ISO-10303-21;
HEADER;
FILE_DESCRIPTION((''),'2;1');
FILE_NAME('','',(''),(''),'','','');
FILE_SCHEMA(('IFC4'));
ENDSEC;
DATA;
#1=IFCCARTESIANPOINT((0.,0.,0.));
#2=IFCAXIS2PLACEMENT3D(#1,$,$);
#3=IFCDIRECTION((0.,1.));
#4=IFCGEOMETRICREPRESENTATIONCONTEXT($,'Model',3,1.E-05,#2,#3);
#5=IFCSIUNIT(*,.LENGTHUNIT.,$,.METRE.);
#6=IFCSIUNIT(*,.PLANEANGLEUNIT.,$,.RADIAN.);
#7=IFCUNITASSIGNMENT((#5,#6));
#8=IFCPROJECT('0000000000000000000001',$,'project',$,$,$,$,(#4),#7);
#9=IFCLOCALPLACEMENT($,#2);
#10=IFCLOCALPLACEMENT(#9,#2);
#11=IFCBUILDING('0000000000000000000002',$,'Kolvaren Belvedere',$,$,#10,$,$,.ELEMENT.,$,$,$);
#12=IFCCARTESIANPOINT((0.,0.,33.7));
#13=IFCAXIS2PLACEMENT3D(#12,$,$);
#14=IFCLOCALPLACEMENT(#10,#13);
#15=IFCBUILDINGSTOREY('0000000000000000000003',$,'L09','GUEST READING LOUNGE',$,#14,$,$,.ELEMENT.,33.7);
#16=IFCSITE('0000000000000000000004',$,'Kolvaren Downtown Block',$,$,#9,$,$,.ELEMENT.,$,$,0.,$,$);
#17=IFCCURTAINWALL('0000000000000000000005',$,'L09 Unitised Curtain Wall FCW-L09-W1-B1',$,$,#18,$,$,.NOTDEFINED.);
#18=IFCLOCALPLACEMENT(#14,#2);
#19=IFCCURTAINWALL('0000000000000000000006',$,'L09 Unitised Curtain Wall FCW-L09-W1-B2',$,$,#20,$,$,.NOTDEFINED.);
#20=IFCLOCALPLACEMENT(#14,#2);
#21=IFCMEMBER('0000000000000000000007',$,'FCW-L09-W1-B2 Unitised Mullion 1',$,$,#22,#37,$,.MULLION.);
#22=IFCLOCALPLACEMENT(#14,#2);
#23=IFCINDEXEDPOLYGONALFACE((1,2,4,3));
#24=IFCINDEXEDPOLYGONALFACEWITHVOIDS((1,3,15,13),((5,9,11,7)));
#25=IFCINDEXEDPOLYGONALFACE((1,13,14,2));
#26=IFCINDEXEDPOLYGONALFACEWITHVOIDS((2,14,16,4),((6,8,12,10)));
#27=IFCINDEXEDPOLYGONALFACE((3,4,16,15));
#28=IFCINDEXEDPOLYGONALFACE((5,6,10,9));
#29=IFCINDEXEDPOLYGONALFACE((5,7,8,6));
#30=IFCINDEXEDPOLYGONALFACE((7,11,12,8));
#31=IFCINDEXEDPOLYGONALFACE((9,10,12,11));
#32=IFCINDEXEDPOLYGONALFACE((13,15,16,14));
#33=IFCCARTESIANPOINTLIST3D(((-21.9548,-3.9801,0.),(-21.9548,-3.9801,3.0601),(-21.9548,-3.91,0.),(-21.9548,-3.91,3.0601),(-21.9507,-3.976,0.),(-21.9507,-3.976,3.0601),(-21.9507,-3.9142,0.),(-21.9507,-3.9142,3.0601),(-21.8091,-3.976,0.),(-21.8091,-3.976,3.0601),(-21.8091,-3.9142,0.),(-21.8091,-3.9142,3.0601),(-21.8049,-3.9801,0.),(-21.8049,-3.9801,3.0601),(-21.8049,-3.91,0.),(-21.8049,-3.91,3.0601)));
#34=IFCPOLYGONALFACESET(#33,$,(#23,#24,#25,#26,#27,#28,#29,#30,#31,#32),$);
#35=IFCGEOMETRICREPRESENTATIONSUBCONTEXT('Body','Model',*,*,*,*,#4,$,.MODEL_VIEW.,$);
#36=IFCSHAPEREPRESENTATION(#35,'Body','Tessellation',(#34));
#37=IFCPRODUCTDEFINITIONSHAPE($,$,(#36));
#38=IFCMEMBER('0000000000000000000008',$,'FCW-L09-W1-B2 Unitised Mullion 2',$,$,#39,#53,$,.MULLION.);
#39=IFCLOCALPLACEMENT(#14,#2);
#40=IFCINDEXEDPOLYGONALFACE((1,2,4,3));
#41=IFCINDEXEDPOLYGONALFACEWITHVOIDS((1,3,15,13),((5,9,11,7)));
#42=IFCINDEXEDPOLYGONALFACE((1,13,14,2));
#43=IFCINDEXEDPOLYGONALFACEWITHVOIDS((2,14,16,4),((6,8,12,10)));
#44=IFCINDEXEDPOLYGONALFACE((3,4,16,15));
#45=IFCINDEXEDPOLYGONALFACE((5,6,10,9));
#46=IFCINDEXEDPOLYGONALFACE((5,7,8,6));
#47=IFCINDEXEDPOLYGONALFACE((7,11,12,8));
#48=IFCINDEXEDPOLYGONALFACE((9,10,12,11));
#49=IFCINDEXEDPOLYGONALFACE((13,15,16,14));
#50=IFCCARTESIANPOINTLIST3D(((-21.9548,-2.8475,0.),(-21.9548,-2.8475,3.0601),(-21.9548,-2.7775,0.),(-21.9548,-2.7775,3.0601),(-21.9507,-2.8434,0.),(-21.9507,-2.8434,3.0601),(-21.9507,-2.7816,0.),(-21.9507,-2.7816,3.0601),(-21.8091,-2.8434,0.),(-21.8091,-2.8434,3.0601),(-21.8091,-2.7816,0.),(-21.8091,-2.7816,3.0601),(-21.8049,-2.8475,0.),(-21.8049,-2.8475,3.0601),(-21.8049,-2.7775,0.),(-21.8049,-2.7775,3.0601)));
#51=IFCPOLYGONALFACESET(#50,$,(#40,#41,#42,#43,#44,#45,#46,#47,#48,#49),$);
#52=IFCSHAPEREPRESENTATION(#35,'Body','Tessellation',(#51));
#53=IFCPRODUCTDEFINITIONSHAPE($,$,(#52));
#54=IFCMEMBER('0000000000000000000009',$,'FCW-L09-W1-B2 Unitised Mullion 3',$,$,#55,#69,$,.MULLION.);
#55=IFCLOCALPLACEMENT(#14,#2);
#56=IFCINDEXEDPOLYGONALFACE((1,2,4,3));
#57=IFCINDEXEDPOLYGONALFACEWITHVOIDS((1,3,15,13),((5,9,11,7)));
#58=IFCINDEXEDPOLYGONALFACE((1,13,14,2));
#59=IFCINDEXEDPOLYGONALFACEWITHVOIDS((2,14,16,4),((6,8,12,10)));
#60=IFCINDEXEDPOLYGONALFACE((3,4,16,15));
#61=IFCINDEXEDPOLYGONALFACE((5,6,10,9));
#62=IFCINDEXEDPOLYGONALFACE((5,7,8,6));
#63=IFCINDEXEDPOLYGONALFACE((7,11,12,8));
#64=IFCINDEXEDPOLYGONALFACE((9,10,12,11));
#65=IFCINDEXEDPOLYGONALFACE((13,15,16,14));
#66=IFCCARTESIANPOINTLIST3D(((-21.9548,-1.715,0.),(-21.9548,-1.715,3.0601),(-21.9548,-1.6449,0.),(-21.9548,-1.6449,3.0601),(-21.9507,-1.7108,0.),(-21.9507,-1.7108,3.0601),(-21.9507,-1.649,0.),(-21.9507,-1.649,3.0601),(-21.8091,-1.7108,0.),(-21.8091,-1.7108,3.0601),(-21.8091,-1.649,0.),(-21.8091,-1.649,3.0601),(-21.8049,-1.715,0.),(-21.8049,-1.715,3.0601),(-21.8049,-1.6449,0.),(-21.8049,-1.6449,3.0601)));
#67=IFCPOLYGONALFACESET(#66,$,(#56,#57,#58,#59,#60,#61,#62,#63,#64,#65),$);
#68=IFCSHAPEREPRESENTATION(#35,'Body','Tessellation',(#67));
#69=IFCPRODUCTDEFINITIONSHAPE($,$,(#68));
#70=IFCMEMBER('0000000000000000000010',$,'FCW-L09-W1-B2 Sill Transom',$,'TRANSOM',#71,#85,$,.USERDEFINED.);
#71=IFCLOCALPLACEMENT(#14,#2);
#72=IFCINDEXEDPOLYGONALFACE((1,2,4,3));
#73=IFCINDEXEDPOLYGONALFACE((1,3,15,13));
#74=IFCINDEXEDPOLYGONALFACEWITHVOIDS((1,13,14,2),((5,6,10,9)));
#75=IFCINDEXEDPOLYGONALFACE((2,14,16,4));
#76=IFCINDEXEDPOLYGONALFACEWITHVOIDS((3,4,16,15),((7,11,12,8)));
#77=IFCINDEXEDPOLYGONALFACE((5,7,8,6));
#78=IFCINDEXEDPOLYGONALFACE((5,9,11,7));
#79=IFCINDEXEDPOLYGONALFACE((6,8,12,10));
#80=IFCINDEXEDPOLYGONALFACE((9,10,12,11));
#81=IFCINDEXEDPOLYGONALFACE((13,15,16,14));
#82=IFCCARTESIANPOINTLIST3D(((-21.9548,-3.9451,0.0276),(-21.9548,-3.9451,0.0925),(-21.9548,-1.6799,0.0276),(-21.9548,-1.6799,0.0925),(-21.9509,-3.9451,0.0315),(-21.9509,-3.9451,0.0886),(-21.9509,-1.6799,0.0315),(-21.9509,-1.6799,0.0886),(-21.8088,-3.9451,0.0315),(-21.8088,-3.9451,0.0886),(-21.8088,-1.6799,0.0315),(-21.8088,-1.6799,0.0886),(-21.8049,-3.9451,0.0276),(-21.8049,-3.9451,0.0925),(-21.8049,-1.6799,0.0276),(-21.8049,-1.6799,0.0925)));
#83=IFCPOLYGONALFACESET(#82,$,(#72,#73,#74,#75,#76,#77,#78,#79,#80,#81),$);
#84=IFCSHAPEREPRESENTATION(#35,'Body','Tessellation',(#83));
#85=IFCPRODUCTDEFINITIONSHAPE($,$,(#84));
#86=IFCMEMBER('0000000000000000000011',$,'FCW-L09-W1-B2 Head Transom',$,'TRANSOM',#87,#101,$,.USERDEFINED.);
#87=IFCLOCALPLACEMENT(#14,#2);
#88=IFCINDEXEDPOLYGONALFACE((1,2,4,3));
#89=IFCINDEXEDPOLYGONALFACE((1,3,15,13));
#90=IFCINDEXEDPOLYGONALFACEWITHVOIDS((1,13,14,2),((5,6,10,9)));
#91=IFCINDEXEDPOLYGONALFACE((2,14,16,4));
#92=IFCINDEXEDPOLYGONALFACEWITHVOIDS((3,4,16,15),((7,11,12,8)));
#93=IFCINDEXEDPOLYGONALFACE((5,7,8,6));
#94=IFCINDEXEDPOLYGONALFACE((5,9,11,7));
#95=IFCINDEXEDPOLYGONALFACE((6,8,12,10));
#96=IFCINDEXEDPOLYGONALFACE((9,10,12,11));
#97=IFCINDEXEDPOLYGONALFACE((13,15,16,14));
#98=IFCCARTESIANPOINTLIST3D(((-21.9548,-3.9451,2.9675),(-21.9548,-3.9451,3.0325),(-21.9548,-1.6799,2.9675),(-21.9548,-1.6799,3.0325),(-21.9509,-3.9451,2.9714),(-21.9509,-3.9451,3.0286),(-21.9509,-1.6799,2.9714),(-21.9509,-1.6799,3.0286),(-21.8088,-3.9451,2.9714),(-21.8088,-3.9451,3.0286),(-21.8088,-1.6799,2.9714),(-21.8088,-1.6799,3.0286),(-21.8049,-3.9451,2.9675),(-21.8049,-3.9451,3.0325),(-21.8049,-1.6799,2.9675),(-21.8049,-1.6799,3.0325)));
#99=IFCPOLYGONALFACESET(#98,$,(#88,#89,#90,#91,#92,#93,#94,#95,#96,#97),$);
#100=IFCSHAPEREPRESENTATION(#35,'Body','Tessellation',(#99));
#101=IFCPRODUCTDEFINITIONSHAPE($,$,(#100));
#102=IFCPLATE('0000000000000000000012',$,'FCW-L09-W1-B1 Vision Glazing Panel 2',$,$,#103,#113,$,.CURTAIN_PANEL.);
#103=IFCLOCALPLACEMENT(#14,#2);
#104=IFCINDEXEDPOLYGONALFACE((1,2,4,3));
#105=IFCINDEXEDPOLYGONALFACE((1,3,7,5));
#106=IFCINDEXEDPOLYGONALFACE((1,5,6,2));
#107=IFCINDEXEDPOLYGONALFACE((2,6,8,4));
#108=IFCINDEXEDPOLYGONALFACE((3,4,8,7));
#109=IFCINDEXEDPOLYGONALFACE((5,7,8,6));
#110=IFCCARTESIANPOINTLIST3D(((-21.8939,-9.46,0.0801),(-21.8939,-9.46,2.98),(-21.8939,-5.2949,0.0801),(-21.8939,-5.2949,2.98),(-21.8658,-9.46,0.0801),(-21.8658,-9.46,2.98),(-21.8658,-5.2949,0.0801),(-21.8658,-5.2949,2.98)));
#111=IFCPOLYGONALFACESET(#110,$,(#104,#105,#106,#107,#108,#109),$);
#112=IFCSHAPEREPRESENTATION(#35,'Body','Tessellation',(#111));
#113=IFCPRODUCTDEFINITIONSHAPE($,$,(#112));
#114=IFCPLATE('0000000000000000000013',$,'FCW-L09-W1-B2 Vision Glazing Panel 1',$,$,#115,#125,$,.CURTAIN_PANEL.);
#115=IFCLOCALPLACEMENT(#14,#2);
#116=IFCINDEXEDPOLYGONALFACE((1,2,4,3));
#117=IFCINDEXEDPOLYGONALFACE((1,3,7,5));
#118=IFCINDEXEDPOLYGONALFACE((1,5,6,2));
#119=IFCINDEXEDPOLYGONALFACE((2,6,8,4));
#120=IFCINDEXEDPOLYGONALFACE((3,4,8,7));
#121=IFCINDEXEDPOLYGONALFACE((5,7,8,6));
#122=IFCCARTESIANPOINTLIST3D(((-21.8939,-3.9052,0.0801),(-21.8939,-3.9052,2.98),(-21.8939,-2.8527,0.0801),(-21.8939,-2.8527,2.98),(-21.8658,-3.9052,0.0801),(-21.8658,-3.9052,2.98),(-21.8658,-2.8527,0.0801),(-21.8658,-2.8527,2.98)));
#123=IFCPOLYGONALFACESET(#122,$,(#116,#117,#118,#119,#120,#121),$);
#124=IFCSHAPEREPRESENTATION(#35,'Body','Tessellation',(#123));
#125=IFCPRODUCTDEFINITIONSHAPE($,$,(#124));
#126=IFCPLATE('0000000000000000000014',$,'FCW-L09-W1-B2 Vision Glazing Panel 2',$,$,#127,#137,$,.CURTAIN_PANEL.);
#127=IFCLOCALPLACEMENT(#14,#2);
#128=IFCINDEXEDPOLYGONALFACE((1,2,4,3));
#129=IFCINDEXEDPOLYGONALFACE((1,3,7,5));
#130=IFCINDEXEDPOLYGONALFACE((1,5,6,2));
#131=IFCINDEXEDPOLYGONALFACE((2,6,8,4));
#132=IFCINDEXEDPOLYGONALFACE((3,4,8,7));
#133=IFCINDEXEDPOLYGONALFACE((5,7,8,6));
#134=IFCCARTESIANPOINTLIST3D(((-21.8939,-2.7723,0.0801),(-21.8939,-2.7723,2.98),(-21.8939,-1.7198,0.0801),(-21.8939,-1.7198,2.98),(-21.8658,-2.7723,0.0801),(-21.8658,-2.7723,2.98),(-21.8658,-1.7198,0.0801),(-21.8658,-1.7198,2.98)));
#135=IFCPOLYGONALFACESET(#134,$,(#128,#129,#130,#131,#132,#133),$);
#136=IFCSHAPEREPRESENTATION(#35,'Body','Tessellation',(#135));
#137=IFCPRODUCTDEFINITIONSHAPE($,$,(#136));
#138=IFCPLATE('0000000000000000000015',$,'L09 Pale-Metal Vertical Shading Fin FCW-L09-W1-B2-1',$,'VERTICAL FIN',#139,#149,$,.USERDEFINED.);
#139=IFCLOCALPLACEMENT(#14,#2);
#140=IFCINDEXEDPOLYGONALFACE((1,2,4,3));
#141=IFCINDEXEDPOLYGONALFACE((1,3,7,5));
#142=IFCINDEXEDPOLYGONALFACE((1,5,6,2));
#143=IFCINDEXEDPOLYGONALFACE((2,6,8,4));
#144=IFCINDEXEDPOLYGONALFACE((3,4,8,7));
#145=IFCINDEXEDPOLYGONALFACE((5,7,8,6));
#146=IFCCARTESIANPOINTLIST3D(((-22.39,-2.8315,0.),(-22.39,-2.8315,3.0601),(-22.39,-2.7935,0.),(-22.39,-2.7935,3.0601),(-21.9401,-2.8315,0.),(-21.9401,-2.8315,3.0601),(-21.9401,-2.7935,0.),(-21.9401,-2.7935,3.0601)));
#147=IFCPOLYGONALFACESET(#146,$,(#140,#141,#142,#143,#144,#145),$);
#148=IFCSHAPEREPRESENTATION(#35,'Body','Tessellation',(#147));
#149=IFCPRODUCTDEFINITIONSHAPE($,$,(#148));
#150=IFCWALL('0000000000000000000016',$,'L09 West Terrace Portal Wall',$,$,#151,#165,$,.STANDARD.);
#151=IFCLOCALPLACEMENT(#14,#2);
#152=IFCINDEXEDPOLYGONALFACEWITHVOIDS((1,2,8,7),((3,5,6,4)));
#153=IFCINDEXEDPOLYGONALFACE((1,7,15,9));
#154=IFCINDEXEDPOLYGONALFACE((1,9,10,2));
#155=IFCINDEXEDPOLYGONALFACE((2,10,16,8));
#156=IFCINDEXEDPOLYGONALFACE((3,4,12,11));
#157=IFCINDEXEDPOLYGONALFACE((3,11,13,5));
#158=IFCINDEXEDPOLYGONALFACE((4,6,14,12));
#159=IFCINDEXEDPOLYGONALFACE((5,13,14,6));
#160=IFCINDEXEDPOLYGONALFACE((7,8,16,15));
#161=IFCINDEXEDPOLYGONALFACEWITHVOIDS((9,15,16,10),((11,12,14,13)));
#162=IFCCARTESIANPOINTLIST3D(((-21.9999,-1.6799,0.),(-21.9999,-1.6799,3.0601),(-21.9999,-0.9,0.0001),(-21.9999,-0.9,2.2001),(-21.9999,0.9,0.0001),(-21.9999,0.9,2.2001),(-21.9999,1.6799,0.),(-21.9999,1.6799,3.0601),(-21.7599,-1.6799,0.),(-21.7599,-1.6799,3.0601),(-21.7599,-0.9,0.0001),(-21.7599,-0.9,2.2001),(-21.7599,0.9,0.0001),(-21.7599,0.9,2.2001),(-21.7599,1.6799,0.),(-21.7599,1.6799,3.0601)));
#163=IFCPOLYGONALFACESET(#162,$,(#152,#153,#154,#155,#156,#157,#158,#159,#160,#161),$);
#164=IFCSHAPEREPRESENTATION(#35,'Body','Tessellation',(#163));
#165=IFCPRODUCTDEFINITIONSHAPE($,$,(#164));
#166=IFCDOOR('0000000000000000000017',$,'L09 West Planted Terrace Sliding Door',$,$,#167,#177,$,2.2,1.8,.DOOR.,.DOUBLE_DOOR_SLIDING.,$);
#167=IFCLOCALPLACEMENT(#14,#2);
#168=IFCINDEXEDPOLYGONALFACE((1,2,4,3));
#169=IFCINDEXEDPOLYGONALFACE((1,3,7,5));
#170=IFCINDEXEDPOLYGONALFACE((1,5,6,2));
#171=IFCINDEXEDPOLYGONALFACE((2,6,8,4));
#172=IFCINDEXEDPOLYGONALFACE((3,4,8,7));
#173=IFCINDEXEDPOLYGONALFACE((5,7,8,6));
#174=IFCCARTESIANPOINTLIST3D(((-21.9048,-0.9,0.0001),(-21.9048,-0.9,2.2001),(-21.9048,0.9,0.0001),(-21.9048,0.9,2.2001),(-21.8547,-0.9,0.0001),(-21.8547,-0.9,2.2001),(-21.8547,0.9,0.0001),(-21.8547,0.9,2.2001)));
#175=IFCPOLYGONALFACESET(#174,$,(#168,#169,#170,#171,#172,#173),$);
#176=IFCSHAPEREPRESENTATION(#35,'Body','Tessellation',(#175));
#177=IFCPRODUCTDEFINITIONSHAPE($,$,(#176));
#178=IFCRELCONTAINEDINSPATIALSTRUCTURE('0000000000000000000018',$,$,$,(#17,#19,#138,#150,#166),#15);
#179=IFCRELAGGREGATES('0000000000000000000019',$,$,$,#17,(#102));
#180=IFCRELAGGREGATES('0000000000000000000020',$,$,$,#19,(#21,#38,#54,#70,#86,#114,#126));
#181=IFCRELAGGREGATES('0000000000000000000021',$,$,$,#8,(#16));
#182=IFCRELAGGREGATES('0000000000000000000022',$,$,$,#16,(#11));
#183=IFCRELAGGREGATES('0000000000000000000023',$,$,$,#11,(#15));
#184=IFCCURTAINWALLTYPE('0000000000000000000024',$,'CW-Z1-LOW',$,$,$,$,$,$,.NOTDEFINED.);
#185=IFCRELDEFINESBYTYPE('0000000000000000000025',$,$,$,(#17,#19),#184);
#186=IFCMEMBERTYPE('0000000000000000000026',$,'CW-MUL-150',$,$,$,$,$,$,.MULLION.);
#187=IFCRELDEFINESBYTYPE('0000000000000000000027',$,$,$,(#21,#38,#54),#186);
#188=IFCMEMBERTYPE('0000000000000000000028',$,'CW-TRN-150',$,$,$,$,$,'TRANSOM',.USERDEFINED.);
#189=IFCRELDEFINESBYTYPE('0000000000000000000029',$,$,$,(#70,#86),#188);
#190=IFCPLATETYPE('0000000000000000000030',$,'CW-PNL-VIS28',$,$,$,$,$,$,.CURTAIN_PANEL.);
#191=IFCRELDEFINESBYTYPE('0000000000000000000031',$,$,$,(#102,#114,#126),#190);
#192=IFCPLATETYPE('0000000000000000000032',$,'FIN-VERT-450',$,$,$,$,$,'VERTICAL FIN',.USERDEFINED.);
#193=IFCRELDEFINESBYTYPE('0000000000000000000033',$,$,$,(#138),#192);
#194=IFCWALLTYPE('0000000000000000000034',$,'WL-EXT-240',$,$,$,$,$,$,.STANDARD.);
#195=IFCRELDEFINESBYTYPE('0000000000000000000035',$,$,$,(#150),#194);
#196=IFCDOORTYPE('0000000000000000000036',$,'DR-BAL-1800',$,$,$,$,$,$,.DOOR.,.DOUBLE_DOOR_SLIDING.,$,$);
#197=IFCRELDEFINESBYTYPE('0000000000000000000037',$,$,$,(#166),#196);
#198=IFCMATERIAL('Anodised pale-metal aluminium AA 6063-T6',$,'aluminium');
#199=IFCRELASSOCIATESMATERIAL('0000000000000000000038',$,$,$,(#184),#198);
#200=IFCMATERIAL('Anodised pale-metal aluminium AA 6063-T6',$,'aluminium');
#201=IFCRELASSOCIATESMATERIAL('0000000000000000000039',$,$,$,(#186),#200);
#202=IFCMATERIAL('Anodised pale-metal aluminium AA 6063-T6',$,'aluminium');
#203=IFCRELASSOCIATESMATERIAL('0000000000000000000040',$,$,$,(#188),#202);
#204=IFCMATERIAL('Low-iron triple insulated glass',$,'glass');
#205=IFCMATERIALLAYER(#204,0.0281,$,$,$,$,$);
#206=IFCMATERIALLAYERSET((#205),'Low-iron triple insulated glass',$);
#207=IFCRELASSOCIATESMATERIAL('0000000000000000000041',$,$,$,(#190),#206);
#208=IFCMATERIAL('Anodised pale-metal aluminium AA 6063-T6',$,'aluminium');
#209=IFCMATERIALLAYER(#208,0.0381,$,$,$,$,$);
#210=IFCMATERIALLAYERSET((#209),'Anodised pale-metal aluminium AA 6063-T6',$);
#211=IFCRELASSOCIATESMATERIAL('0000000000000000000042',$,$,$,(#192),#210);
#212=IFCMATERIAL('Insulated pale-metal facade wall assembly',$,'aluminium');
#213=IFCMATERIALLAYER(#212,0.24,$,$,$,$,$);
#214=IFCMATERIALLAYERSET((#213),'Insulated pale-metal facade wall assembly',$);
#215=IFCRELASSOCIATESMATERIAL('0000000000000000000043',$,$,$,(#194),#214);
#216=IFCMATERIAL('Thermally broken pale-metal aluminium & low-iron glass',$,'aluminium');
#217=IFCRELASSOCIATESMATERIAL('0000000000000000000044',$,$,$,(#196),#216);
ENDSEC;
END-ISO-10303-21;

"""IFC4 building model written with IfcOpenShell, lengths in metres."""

from ifc_helpers import new_model, si_unit, direction, frame, frame_2d, origin, origin_2d, place, context, subcontext, project, spatial, rectangle, hollow_rectangle, extrude, material, layer, layer_set, material_profile, profile_set, type_object, element, fill, aggregate, save


model = new_model("IFC4")

# Units and contexts
model_context = context("Model", 3, precision=1e-05, world=origin(), true_north=direction((0.0, 1.0)))
body_context = subcontext(model_context, "Body", "Model", "MODEL_VIEW")
ifc_project = project(units=[si_unit("LENGTHUNIT", "METRE"), si_unit("PLANEANGLEUNIT", "RADIAN")], contexts=[model_context])

# Site, building, storey
site_placement = place(None, origin())
site = spatial("IfcSite", under=ifc_project, at=site_placement, Name="Kolvaren Downtown Block", CompositionType="ELEMENT", RefElevation=0.0)
building_placement = place(site_placement, origin())
building = spatial("IfcBuilding", under=site, at=building_placement, Name="Kolvaren Belvedere", CompositionType="ELEMENT")
storey_placement = place(building_placement, frame((0.0, 0.0, 33.7)))
storey = spatial("IfcBuildingStorey", under=building, at=storey_placement, Name="L09", Description="GUEST READING LOUNGE", CompositionType="ELEMENT", Elevation=33.7)

# Curtain wall
ifc_material_1 = material(Name="Anodised pale-metal aluminium AA 6063-T6", Category="aluminium")
curtain_wall_type = type_object("IfcCurtainWallType", Name="CW-Z1-LOW", PredefinedType="NOTDEFINED", material=ifc_material_1)
curtain_wall_1_placement = place(storey_placement, origin())
curtain_wall_1 = element("IfcCurtainWall", 1, at=curtain_wall_1_placement, inside=storey, type_object=curtain_wall_type, Name="L09 Unitised Curtain Wall FCW-L09-W1-B1", PredefinedType="NOTDEFINED")
ifc_material_2 = material(Name="Anodised pale-metal aluminium AA 6063-T6", Category="aluminium")
ifc_material_profile_1 = material_profile(ifc_material_2, hollow_rectangle(XDim=0.0701, YDim=0.1499, WallThickness=0.0042, at=origin_2d()), Name="ALU-MUL-150X70")
ifc_profile_set_1 = profile_set([ifc_material_profile_1], Name="Anodised pale-metal aluminium AA 6063-T6")
member_type_1 = type_object("IfcMemberType", Name="CW-MUL-150", PredefinedType="MULLION", material=ifc_profile_set_1)

# Curtain wall, members
curtain_wall_2_placement = place(storey_placement, origin())
curtain_wall_2 = element("IfcCurtainWall", 2, at=curtain_wall_2_placement, inside=storey, type_object=curtain_wall_type, Name="L09 Unitised Curtain Wall FCW-L09-W1-B2", PredefinedType="NOTDEFINED")
member_1_placement = place(storey_placement, frame((-21.8799, -3.9451, 0.0), z_axis=(0.0, 0.0, 1.0), x_axis=(0.0, 1.0, 0.0)))
member_1 = element("IfcMember", 3, at=member_1_placement, type_object=member_type_1, Name="FCW-L09-W1-B2 Unitised Mullion 1", PredefinedType="MULLION", context=body_context, shape_type="SweptSolid", body=[
    extrude(hollow_rectangle(XDim=0.0701, YDim=0.1499, WallThickness=0.0042, at=origin_2d()), origin(), (0.0, 0.0, 1.0), 3.0601),
])
member_2_placement = place(storey_placement, frame((-21.8799, -2.8125, 0.0), z_axis=(0.0, 0.0, 1.0), x_axis=(0.0, 1.0, 0.0)))
member_2 = element("IfcMember", 4, at=member_2_placement, type_object=member_type_1, Name="FCW-L09-W1-B2 Unitised Mullion 2", PredefinedType="MULLION", context=body_context, shape_type="SweptSolid", body=[
    extrude(hollow_rectangle(XDim=0.0701, YDim=0.1499, WallThickness=0.0042, at=origin_2d()), origin(), (0.0, 0.0, 1.0), 3.0601),
])
member_3_placement = place(storey_placement, frame((-21.8799, -1.6799, 0.0), z_axis=(0.0, 0.0, 1.0), x_axis=(0.0, 1.0, 0.0)))
member_3 = element("IfcMember", 5, at=member_3_placement, type_object=member_type_1, Name="FCW-L09-W1-B2 Unitised Mullion 3", PredefinedType="MULLION", context=body_context, shape_type="SweptSolid", body=[
    extrude(hollow_rectangle(XDim=0.0701, YDim=0.1499, WallThickness=0.0042, at=origin_2d()), origin(), (0.0, 0.0, 1.0), 3.0601),
])
ifc_material_3 = material(Name="Anodised pale-metal aluminium AA 6063-T6", Category="aluminium")
ifc_material_profile_2 = material_profile(ifc_material_3, hollow_rectangle(XDim=0.0649, YDim=0.1499, WallThickness=0.0039, at=origin_2d()), Name="ALU-TRN-150X65")
ifc_profile_set_2 = profile_set([ifc_material_profile_2], Name="Anodised pale-metal aluminium AA 6063-T6")
member_type_2 = type_object("IfcMemberType", Name="CW-TRN-150", ElementType="TRANSOM", PredefinedType="USERDEFINED", material=ifc_profile_set_2)
member_4_placement = place(storey_placement, frame((-21.8799, -3.9451, 0.0601), z_axis=(0.0, 1.0, 0.0), x_axis=(0.0, 0.0, 1.0)))
member_4 = element("IfcMember", 6, at=member_4_placement, type_object=member_type_2, Name="FCW-L09-W1-B2 Sill Transom", ObjectType="TRANSOM", PredefinedType="USERDEFINED", context=body_context, shape_type="SweptSolid", body=[
    extrude(hollow_rectangle(XDim=0.0649, YDim=0.1499, WallThickness=0.0039, at=origin_2d()), origin(), (0.0, 0.0, 1.0), 2.2651),
])
member_5_placement = place(storey_placement, frame((-21.8799, -3.9451, 3.0), z_axis=(0.0, 1.0, 0.0), x_axis=(0.0, 0.0, 1.0)))
member_5 = element("IfcMember", 7, at=member_5_placement, type_object=member_type_2, Name="FCW-L09-W1-B2 Head Transom", ObjectType="TRANSOM", PredefinedType="USERDEFINED", context=body_context, shape_type="SweptSolid", body=[
    extrude(hollow_rectangle(XDim=0.0649, YDim=0.1499, WallThickness=0.0039, at=origin_2d()), origin(), (0.0, 0.0, 1.0), 2.2651),
])

# Plates
ifc_material_4 = material(Name="Low-iron triple insulated glass", Category="glass")
ifc_layer_1 = layer(ifc_material_4, 0.0281)
ifc_layer_set_1 = layer_set([ifc_layer_1], Name="Low-iron triple insulated glass")
plate_type_1 = type_object("IfcPlateType", Name="CW-PNL-VIS28", PredefinedType="CURTAIN_PANEL", material=ifc_layer_set_1)
plate_1_placement = place(storey_placement, frame((-21.8799, -7.3774, 0.0801), z_axis=(0.0, 0.0, 1.0), x_axis=(0.0, 1.0, 0.0)))
plate_1 = element("IfcPlate", 8, at=plate_1_placement, type_object=plate_type_1, Name="FCW-L09-W1-B1 Vision Glazing Panel 2", PredefinedType="CURTAIN_PANEL", context=body_context, shape_type="SweptSolid", body=[
    extrude(rectangle(XDim=4.165, YDim=0.0281, at=origin_2d()), origin(), (0.0, 0.0, 1.0), 2.8999),
])
aggregate(curtain_wall_1, [plate_1])
plate_2_placement = place(storey_placement, frame((-21.8799, -3.3789, 0.0801), z_axis=(0.0, 0.0, 1.0), x_axis=(0.0, 1.0, 0.0)))
plate_2 = element("IfcPlate", 9, at=plate_2_placement, type_object=plate_type_1, Name="FCW-L09-W1-B2 Vision Glazing Panel 1", PredefinedType="CURTAIN_PANEL", context=body_context, shape_type="SweptSolid", body=[
    extrude(rectangle(XDim=1.0525, YDim=0.0281, at=origin_2d()), origin(), (0.0, 0.0, 1.0), 2.8999),
])
plate_3_placement = place(storey_placement, frame((-21.8799, -2.2461, 0.0801), z_axis=(0.0, 0.0, 1.0), x_axis=(0.0, 1.0, 0.0)))
plate_3 = element("IfcPlate", 10, at=plate_3_placement, type_object=plate_type_1, Name="FCW-L09-W1-B2 Vision Glazing Panel 2", PredefinedType="CURTAIN_PANEL", context=body_context, shape_type="SweptSolid", body=[
    extrude(rectangle(XDim=1.0525, YDim=0.0281, at=origin_2d()), origin(), (0.0, 0.0, 1.0), 2.8999),
])
aggregate(curtain_wall_2, [member_1, member_2, member_3, member_4, member_5, plate_2, plate_3])
ifc_material_5 = material(Name="Anodised pale-metal aluminium AA 6063-T6", Category="aluminium")
ifc_layer_2 = layer(ifc_material_5, 0.0381)
ifc_layer_set_2 = layer_set([ifc_layer_2], Name="Anodised pale-metal aluminium AA 6063-T6")
plate_type_2 = type_object("IfcPlateType", Name="FIN-VERT-450", ElementType="VERTICAL FIN", PredefinedType="USERDEFINED", material=ifc_layer_set_2)
plate_4_placement = place(storey_placement, frame((-22.165, -2.8125, 0.0), z_axis=(0.0, 0.0, 1.0), x_axis=(1.0, 0.0, 0.0)))
element("IfcPlate", 11, at=plate_4_placement, inside=storey, type_object=plate_type_2, Name="L09 Pale-Metal Vertical Shading Fin FCW-L09-W1-B2-1", ObjectType="VERTICAL FIN", PredefinedType="USERDEFINED", context=body_context, shape_type="SweptSolid", body=[
    extrude(rectangle(XDim=0.45, YDim=0.0381, at=origin_2d()), origin(), (0.0, 0.0, 1.0), 3.0601),
])

# Wall, opening, door
ifc_material_6 = material(Name="Insulated pale-metal facade wall assembly", Category="aluminium")
ifc_layer_3 = layer(ifc_material_6, 0.24)
ifc_layer_set_3 = layer_set([ifc_layer_3], Name="Insulated pale-metal facade wall assembly")
wall_type_1 = type_object("IfcWallType", Name="WL-EXT-240", PredefinedType="STANDARD", material=ifc_layer_set_3)
wall_1_placement = place(storey_placement, frame((-21.8799, -1.6799, 0.0), z_axis=(0.0, 0.0, 1.0), x_axis=(0.0, 1.0, 0.0)))
wall_1 = element("IfcWall", 12, at=wall_1_placement, inside=storey, type_object=wall_type_1, Name="L09 West Terrace Portal Wall", PredefinedType="STANDARD", context=body_context, shape_type="SweptSolid", body=[
    extrude(rectangle(XDim=3.3599, YDim=0.24, at=frame_2d((1.6799, 0.0))), origin(), (0.0, 0.0, 1.0), 3.0601),
])
opening_placement = place(wall_1_placement, frame((0.78, 0.0, 0.0)))
opening = element("IfcOpeningElement", 13, at=opening_placement, cuts=wall_1, PredefinedType="OPENING", context=body_context, shape_type="SweptSolid", body=[
    extrude(rectangle(XDim=1.8, YDim=2.2, at=frame_2d((0.8999, 1.1001))), frame((0.0, 0.1299, 0.0), z_axis=(0.0, -1.0, 0.0), x_axis=(1.0, 0.0, 0.0)), (0.0, 0.0, 1.0), 0.26),
])
ifc_material_7 = material(Name="Thermally broken pale-metal aluminium & low-iron glass", Category="aluminium")
door_type = type_object("IfcDoorType", Name="DR-BAL-1800", OperationType="DOUBLE_DOOR_SLIDING", PredefinedType="DOOR", material=ifc_material_7)
door_placement = place(opening_placement, origin())
door = element("IfcDoor", 14, at=door_placement, inside=storey, type_object=door_type, Name="L09 West Planted Terrace Sliding Door", OperationType="DOUBLE_DOOR_SLIDING", OverallHeight=2.2, OverallWidth=1.8, PredefinedType="DOOR", context=body_context, shape_type="SweptSolid", body=[
    extrude(rectangle(XDim=1.8, YDim=2.2, at=frame_2d((0.8999, 1.1001))), frame((0.0, 0.0249, 0.0), z_axis=(0.0, -1.0, 0.0), x_axis=(1.0, 0.0, 0.0)), (0.0, 0.0, 1.0), 0.05),
])
fill(opening, door)

save(model, "model.ifc")
